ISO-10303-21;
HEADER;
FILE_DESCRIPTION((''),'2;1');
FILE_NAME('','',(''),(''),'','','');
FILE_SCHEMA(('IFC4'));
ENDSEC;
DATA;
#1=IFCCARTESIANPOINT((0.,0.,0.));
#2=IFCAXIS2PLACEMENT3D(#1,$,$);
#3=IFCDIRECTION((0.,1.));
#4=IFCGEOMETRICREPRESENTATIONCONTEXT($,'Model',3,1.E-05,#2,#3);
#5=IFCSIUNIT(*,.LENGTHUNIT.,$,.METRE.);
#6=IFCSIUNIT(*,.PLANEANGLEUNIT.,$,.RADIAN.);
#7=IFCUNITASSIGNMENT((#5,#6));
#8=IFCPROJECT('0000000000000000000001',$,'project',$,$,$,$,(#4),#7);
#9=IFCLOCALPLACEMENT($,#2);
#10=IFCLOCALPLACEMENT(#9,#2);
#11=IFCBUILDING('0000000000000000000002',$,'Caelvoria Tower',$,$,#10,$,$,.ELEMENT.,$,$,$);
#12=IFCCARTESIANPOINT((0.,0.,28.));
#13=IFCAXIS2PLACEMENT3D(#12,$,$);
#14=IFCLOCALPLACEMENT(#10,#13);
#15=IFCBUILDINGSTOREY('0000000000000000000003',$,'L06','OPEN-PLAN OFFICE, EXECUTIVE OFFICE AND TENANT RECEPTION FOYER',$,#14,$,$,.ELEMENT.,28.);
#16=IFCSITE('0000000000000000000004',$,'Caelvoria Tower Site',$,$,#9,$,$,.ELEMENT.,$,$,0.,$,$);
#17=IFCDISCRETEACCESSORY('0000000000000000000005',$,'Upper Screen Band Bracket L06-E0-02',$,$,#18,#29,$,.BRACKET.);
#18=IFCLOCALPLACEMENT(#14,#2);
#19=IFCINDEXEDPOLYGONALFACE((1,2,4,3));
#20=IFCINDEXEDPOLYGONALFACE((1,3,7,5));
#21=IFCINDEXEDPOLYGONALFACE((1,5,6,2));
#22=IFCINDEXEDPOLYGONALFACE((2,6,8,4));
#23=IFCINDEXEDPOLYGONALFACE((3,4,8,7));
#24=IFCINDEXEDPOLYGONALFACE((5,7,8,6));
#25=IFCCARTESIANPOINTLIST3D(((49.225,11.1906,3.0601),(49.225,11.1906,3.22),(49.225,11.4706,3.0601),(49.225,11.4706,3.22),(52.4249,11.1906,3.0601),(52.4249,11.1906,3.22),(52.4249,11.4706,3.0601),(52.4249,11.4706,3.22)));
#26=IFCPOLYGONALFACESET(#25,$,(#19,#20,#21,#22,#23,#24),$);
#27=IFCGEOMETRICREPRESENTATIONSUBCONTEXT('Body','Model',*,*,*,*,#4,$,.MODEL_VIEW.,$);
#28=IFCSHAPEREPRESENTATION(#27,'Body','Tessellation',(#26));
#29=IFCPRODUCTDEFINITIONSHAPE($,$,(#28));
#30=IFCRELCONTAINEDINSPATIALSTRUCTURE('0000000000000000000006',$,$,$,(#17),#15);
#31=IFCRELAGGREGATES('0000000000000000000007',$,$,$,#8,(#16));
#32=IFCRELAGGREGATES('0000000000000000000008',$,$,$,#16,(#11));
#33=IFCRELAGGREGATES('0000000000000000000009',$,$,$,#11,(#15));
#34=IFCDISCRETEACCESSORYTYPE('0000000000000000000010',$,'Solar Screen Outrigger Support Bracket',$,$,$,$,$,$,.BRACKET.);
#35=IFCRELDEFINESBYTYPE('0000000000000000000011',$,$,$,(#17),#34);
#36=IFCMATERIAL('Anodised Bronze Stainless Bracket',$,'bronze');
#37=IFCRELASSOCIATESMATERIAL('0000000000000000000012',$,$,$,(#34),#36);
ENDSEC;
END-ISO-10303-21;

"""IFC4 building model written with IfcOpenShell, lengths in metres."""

from ifc_helpers import new_model, si_unit, direction, frame, origin, origin_2d, place, context, subcontext, project, spatial, rectangle, extrude, material, type_object, element, save


model = new_model("IFC4")

# Units and contexts
model_context = context("Model", 3, precision=1e-05, world=origin(), true_north=direction((0.0, 1.0)))
body_context = subcontext(model_context, "Body", "Model", "MODEL_VIEW")
ifc_project = project(units=[si_unit("LENGTHUNIT", "METRE"), si_unit("PLANEANGLEUNIT", "RADIAN")], contexts=[model_context])

# Site, building, storey
site_placement = place(None, origin())
site = spatial("IfcSite", under=ifc_project, at=site_placement, Name="Caelvoria Tower Site", CompositionType="ELEMENT", RefElevation=0.0)
building_placement = place(site_placement, origin())
building = spatial("IfcBuilding", under=site, at=building_placement, Name="Caelvoria Tower", CompositionType="ELEMENT")
storey_placement = place(building_placement, frame((0.0, 0.0, 28.0)))
storey = spatial("IfcBuildingStorey", under=building, at=storey_placement, Name="L06", Description="OPEN-PLAN OFFICE, EXECUTIVE OFFICE AND TENANT RECEPTION FOYER", CompositionType="ELEMENT", Elevation=28.0)

# Discrete accessory
ifc_material_1 = material(Name="Anodised Bronze Stainless Bracket", Category="bronze")
discrete_accessory_type = type_object("IfcDiscreteAccessoryType", Name="Solar Screen Outrigger Support Bracket", PredefinedType="BRACKET", material=ifc_material_1)
for number, where, z_axis, x_axis, name in (
    (1, (50.825, 11.3306, 3.0601), (0.0, 0.0, 1.0), (1.0, 0.0, 0.0), "Upper Screen Band Bracket L06-E0-02"),
):
    element("IfcDiscreteAccessory", number, at=place(storey_placement, frame(where, z_axis=z_axis, x_axis=x_axis)), inside=storey, type_object=discrete_accessory_type, Name=name, PredefinedType="BRACKET", context=body_context, shape_type="SweptSolid", body=[
        extrude(rectangle(XDim=3.2, YDim=0.28, at=origin_2d()), origin(), (0.0, 0.0, 1.0), 0.1599),
    ])

save(model, "model.ifc")
